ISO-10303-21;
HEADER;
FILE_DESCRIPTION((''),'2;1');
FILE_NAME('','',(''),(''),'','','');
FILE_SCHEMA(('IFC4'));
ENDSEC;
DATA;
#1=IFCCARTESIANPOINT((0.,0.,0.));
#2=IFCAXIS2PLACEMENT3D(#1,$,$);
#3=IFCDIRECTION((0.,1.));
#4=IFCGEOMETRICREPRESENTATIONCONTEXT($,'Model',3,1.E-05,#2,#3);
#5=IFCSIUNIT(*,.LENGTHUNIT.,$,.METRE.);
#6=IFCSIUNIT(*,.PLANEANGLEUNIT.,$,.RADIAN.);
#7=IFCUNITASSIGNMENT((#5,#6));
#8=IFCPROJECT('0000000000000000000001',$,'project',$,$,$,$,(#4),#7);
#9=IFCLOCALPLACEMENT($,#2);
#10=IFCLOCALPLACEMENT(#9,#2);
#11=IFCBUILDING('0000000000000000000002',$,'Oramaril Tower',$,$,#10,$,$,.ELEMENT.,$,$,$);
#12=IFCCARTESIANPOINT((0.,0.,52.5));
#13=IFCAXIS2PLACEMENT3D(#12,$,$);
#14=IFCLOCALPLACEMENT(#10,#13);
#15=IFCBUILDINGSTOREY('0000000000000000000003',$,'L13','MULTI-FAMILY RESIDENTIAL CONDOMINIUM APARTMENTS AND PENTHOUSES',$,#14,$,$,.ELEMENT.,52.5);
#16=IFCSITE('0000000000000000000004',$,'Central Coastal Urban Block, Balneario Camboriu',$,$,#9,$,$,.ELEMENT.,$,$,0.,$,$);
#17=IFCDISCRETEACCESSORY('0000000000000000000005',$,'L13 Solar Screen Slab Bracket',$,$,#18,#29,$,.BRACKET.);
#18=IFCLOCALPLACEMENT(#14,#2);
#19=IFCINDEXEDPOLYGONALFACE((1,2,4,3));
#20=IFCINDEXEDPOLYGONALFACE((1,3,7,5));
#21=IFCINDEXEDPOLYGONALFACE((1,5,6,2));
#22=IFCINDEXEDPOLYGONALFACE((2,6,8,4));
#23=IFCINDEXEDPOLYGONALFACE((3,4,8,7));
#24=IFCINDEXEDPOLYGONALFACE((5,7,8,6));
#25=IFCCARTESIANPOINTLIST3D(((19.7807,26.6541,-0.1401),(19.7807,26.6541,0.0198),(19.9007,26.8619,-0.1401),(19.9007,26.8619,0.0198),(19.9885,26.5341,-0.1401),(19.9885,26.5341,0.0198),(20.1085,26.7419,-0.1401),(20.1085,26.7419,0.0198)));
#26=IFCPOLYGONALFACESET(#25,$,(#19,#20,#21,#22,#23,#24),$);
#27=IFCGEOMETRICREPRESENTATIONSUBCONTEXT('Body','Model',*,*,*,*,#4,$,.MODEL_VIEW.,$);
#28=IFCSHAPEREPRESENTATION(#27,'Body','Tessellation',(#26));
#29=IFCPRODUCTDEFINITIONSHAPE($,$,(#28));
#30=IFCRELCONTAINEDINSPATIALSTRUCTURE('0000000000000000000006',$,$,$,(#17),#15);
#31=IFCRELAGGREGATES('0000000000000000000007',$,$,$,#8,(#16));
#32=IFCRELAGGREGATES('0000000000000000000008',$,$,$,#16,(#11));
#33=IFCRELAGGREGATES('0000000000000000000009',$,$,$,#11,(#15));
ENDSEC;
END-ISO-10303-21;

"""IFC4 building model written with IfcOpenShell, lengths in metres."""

from ifc_helpers import new_model, si_unit, direction, frame, origin, origin_2d, place, context, subcontext, project, spatial, rectangle, extrude, element, save


model = new_model("IFC4")

# Units and contexts
model_context = context("Model", 3, precision=1e-05, world=origin(), true_north=direction((0.0, 1.0)))
body_context = subcontext(model_context, "Body", "Model", "MODEL_VIEW")
ifc_project = project(units=[si_unit("LENGTHUNIT", "METRE"), si_unit("PLANEANGLEUNIT", "RADIAN")], contexts=[model_context])

# Site, building, storey
site_placement = place(None, origin())
site = spatial("IfcSite", under=ifc_project, at=site_placement, Name="Central Coastal Urban Block, Balneario Camboriu", CompositionType="ELEMENT", RefElevation=0.0)
building_placement = place(site_placement, origin())
building = spatial("IfcBuilding", under=site, at=building_placement, Name="Oramaril Tower", CompositionType="ELEMENT")
storey_placement = place(building_placement, frame((0.0, 0.0, 52.5)))
storey = spatial("IfcBuildingStorey", under=building, at=storey_placement, Name="L13", Description="MULTI-FAMILY RESIDENTIAL CONDOMINIUM APARTMENTS AND PENTHOUSES", CompositionType="ELEMENT", Elevation=52.5)

# Discrete accessory
for number, where, z_axis, x_axis, name in (
    (1, (19.9446, 26.698, -0.1401), (0.0, 0.0, 1.0), (-0.5, -0.866025, 0.0), "L13 Solar Screen Slab Bracket"),
):
    element("IfcDiscreteAccessory", number, at=place(storey_placement, frame(where, z_axis=z_axis, x_axis=x_axis)), inside=storey, Name=name, PredefinedType="BRACKET", context=body_context, shape_type="SweptSolid", body=[
        extrude(rectangle(XDim=0.24, YDim=0.24, at=origin_2d()), origin(), (0.0, 0.0, 1.0), 0.1599),
    ])

save(model, "model.ifc")
